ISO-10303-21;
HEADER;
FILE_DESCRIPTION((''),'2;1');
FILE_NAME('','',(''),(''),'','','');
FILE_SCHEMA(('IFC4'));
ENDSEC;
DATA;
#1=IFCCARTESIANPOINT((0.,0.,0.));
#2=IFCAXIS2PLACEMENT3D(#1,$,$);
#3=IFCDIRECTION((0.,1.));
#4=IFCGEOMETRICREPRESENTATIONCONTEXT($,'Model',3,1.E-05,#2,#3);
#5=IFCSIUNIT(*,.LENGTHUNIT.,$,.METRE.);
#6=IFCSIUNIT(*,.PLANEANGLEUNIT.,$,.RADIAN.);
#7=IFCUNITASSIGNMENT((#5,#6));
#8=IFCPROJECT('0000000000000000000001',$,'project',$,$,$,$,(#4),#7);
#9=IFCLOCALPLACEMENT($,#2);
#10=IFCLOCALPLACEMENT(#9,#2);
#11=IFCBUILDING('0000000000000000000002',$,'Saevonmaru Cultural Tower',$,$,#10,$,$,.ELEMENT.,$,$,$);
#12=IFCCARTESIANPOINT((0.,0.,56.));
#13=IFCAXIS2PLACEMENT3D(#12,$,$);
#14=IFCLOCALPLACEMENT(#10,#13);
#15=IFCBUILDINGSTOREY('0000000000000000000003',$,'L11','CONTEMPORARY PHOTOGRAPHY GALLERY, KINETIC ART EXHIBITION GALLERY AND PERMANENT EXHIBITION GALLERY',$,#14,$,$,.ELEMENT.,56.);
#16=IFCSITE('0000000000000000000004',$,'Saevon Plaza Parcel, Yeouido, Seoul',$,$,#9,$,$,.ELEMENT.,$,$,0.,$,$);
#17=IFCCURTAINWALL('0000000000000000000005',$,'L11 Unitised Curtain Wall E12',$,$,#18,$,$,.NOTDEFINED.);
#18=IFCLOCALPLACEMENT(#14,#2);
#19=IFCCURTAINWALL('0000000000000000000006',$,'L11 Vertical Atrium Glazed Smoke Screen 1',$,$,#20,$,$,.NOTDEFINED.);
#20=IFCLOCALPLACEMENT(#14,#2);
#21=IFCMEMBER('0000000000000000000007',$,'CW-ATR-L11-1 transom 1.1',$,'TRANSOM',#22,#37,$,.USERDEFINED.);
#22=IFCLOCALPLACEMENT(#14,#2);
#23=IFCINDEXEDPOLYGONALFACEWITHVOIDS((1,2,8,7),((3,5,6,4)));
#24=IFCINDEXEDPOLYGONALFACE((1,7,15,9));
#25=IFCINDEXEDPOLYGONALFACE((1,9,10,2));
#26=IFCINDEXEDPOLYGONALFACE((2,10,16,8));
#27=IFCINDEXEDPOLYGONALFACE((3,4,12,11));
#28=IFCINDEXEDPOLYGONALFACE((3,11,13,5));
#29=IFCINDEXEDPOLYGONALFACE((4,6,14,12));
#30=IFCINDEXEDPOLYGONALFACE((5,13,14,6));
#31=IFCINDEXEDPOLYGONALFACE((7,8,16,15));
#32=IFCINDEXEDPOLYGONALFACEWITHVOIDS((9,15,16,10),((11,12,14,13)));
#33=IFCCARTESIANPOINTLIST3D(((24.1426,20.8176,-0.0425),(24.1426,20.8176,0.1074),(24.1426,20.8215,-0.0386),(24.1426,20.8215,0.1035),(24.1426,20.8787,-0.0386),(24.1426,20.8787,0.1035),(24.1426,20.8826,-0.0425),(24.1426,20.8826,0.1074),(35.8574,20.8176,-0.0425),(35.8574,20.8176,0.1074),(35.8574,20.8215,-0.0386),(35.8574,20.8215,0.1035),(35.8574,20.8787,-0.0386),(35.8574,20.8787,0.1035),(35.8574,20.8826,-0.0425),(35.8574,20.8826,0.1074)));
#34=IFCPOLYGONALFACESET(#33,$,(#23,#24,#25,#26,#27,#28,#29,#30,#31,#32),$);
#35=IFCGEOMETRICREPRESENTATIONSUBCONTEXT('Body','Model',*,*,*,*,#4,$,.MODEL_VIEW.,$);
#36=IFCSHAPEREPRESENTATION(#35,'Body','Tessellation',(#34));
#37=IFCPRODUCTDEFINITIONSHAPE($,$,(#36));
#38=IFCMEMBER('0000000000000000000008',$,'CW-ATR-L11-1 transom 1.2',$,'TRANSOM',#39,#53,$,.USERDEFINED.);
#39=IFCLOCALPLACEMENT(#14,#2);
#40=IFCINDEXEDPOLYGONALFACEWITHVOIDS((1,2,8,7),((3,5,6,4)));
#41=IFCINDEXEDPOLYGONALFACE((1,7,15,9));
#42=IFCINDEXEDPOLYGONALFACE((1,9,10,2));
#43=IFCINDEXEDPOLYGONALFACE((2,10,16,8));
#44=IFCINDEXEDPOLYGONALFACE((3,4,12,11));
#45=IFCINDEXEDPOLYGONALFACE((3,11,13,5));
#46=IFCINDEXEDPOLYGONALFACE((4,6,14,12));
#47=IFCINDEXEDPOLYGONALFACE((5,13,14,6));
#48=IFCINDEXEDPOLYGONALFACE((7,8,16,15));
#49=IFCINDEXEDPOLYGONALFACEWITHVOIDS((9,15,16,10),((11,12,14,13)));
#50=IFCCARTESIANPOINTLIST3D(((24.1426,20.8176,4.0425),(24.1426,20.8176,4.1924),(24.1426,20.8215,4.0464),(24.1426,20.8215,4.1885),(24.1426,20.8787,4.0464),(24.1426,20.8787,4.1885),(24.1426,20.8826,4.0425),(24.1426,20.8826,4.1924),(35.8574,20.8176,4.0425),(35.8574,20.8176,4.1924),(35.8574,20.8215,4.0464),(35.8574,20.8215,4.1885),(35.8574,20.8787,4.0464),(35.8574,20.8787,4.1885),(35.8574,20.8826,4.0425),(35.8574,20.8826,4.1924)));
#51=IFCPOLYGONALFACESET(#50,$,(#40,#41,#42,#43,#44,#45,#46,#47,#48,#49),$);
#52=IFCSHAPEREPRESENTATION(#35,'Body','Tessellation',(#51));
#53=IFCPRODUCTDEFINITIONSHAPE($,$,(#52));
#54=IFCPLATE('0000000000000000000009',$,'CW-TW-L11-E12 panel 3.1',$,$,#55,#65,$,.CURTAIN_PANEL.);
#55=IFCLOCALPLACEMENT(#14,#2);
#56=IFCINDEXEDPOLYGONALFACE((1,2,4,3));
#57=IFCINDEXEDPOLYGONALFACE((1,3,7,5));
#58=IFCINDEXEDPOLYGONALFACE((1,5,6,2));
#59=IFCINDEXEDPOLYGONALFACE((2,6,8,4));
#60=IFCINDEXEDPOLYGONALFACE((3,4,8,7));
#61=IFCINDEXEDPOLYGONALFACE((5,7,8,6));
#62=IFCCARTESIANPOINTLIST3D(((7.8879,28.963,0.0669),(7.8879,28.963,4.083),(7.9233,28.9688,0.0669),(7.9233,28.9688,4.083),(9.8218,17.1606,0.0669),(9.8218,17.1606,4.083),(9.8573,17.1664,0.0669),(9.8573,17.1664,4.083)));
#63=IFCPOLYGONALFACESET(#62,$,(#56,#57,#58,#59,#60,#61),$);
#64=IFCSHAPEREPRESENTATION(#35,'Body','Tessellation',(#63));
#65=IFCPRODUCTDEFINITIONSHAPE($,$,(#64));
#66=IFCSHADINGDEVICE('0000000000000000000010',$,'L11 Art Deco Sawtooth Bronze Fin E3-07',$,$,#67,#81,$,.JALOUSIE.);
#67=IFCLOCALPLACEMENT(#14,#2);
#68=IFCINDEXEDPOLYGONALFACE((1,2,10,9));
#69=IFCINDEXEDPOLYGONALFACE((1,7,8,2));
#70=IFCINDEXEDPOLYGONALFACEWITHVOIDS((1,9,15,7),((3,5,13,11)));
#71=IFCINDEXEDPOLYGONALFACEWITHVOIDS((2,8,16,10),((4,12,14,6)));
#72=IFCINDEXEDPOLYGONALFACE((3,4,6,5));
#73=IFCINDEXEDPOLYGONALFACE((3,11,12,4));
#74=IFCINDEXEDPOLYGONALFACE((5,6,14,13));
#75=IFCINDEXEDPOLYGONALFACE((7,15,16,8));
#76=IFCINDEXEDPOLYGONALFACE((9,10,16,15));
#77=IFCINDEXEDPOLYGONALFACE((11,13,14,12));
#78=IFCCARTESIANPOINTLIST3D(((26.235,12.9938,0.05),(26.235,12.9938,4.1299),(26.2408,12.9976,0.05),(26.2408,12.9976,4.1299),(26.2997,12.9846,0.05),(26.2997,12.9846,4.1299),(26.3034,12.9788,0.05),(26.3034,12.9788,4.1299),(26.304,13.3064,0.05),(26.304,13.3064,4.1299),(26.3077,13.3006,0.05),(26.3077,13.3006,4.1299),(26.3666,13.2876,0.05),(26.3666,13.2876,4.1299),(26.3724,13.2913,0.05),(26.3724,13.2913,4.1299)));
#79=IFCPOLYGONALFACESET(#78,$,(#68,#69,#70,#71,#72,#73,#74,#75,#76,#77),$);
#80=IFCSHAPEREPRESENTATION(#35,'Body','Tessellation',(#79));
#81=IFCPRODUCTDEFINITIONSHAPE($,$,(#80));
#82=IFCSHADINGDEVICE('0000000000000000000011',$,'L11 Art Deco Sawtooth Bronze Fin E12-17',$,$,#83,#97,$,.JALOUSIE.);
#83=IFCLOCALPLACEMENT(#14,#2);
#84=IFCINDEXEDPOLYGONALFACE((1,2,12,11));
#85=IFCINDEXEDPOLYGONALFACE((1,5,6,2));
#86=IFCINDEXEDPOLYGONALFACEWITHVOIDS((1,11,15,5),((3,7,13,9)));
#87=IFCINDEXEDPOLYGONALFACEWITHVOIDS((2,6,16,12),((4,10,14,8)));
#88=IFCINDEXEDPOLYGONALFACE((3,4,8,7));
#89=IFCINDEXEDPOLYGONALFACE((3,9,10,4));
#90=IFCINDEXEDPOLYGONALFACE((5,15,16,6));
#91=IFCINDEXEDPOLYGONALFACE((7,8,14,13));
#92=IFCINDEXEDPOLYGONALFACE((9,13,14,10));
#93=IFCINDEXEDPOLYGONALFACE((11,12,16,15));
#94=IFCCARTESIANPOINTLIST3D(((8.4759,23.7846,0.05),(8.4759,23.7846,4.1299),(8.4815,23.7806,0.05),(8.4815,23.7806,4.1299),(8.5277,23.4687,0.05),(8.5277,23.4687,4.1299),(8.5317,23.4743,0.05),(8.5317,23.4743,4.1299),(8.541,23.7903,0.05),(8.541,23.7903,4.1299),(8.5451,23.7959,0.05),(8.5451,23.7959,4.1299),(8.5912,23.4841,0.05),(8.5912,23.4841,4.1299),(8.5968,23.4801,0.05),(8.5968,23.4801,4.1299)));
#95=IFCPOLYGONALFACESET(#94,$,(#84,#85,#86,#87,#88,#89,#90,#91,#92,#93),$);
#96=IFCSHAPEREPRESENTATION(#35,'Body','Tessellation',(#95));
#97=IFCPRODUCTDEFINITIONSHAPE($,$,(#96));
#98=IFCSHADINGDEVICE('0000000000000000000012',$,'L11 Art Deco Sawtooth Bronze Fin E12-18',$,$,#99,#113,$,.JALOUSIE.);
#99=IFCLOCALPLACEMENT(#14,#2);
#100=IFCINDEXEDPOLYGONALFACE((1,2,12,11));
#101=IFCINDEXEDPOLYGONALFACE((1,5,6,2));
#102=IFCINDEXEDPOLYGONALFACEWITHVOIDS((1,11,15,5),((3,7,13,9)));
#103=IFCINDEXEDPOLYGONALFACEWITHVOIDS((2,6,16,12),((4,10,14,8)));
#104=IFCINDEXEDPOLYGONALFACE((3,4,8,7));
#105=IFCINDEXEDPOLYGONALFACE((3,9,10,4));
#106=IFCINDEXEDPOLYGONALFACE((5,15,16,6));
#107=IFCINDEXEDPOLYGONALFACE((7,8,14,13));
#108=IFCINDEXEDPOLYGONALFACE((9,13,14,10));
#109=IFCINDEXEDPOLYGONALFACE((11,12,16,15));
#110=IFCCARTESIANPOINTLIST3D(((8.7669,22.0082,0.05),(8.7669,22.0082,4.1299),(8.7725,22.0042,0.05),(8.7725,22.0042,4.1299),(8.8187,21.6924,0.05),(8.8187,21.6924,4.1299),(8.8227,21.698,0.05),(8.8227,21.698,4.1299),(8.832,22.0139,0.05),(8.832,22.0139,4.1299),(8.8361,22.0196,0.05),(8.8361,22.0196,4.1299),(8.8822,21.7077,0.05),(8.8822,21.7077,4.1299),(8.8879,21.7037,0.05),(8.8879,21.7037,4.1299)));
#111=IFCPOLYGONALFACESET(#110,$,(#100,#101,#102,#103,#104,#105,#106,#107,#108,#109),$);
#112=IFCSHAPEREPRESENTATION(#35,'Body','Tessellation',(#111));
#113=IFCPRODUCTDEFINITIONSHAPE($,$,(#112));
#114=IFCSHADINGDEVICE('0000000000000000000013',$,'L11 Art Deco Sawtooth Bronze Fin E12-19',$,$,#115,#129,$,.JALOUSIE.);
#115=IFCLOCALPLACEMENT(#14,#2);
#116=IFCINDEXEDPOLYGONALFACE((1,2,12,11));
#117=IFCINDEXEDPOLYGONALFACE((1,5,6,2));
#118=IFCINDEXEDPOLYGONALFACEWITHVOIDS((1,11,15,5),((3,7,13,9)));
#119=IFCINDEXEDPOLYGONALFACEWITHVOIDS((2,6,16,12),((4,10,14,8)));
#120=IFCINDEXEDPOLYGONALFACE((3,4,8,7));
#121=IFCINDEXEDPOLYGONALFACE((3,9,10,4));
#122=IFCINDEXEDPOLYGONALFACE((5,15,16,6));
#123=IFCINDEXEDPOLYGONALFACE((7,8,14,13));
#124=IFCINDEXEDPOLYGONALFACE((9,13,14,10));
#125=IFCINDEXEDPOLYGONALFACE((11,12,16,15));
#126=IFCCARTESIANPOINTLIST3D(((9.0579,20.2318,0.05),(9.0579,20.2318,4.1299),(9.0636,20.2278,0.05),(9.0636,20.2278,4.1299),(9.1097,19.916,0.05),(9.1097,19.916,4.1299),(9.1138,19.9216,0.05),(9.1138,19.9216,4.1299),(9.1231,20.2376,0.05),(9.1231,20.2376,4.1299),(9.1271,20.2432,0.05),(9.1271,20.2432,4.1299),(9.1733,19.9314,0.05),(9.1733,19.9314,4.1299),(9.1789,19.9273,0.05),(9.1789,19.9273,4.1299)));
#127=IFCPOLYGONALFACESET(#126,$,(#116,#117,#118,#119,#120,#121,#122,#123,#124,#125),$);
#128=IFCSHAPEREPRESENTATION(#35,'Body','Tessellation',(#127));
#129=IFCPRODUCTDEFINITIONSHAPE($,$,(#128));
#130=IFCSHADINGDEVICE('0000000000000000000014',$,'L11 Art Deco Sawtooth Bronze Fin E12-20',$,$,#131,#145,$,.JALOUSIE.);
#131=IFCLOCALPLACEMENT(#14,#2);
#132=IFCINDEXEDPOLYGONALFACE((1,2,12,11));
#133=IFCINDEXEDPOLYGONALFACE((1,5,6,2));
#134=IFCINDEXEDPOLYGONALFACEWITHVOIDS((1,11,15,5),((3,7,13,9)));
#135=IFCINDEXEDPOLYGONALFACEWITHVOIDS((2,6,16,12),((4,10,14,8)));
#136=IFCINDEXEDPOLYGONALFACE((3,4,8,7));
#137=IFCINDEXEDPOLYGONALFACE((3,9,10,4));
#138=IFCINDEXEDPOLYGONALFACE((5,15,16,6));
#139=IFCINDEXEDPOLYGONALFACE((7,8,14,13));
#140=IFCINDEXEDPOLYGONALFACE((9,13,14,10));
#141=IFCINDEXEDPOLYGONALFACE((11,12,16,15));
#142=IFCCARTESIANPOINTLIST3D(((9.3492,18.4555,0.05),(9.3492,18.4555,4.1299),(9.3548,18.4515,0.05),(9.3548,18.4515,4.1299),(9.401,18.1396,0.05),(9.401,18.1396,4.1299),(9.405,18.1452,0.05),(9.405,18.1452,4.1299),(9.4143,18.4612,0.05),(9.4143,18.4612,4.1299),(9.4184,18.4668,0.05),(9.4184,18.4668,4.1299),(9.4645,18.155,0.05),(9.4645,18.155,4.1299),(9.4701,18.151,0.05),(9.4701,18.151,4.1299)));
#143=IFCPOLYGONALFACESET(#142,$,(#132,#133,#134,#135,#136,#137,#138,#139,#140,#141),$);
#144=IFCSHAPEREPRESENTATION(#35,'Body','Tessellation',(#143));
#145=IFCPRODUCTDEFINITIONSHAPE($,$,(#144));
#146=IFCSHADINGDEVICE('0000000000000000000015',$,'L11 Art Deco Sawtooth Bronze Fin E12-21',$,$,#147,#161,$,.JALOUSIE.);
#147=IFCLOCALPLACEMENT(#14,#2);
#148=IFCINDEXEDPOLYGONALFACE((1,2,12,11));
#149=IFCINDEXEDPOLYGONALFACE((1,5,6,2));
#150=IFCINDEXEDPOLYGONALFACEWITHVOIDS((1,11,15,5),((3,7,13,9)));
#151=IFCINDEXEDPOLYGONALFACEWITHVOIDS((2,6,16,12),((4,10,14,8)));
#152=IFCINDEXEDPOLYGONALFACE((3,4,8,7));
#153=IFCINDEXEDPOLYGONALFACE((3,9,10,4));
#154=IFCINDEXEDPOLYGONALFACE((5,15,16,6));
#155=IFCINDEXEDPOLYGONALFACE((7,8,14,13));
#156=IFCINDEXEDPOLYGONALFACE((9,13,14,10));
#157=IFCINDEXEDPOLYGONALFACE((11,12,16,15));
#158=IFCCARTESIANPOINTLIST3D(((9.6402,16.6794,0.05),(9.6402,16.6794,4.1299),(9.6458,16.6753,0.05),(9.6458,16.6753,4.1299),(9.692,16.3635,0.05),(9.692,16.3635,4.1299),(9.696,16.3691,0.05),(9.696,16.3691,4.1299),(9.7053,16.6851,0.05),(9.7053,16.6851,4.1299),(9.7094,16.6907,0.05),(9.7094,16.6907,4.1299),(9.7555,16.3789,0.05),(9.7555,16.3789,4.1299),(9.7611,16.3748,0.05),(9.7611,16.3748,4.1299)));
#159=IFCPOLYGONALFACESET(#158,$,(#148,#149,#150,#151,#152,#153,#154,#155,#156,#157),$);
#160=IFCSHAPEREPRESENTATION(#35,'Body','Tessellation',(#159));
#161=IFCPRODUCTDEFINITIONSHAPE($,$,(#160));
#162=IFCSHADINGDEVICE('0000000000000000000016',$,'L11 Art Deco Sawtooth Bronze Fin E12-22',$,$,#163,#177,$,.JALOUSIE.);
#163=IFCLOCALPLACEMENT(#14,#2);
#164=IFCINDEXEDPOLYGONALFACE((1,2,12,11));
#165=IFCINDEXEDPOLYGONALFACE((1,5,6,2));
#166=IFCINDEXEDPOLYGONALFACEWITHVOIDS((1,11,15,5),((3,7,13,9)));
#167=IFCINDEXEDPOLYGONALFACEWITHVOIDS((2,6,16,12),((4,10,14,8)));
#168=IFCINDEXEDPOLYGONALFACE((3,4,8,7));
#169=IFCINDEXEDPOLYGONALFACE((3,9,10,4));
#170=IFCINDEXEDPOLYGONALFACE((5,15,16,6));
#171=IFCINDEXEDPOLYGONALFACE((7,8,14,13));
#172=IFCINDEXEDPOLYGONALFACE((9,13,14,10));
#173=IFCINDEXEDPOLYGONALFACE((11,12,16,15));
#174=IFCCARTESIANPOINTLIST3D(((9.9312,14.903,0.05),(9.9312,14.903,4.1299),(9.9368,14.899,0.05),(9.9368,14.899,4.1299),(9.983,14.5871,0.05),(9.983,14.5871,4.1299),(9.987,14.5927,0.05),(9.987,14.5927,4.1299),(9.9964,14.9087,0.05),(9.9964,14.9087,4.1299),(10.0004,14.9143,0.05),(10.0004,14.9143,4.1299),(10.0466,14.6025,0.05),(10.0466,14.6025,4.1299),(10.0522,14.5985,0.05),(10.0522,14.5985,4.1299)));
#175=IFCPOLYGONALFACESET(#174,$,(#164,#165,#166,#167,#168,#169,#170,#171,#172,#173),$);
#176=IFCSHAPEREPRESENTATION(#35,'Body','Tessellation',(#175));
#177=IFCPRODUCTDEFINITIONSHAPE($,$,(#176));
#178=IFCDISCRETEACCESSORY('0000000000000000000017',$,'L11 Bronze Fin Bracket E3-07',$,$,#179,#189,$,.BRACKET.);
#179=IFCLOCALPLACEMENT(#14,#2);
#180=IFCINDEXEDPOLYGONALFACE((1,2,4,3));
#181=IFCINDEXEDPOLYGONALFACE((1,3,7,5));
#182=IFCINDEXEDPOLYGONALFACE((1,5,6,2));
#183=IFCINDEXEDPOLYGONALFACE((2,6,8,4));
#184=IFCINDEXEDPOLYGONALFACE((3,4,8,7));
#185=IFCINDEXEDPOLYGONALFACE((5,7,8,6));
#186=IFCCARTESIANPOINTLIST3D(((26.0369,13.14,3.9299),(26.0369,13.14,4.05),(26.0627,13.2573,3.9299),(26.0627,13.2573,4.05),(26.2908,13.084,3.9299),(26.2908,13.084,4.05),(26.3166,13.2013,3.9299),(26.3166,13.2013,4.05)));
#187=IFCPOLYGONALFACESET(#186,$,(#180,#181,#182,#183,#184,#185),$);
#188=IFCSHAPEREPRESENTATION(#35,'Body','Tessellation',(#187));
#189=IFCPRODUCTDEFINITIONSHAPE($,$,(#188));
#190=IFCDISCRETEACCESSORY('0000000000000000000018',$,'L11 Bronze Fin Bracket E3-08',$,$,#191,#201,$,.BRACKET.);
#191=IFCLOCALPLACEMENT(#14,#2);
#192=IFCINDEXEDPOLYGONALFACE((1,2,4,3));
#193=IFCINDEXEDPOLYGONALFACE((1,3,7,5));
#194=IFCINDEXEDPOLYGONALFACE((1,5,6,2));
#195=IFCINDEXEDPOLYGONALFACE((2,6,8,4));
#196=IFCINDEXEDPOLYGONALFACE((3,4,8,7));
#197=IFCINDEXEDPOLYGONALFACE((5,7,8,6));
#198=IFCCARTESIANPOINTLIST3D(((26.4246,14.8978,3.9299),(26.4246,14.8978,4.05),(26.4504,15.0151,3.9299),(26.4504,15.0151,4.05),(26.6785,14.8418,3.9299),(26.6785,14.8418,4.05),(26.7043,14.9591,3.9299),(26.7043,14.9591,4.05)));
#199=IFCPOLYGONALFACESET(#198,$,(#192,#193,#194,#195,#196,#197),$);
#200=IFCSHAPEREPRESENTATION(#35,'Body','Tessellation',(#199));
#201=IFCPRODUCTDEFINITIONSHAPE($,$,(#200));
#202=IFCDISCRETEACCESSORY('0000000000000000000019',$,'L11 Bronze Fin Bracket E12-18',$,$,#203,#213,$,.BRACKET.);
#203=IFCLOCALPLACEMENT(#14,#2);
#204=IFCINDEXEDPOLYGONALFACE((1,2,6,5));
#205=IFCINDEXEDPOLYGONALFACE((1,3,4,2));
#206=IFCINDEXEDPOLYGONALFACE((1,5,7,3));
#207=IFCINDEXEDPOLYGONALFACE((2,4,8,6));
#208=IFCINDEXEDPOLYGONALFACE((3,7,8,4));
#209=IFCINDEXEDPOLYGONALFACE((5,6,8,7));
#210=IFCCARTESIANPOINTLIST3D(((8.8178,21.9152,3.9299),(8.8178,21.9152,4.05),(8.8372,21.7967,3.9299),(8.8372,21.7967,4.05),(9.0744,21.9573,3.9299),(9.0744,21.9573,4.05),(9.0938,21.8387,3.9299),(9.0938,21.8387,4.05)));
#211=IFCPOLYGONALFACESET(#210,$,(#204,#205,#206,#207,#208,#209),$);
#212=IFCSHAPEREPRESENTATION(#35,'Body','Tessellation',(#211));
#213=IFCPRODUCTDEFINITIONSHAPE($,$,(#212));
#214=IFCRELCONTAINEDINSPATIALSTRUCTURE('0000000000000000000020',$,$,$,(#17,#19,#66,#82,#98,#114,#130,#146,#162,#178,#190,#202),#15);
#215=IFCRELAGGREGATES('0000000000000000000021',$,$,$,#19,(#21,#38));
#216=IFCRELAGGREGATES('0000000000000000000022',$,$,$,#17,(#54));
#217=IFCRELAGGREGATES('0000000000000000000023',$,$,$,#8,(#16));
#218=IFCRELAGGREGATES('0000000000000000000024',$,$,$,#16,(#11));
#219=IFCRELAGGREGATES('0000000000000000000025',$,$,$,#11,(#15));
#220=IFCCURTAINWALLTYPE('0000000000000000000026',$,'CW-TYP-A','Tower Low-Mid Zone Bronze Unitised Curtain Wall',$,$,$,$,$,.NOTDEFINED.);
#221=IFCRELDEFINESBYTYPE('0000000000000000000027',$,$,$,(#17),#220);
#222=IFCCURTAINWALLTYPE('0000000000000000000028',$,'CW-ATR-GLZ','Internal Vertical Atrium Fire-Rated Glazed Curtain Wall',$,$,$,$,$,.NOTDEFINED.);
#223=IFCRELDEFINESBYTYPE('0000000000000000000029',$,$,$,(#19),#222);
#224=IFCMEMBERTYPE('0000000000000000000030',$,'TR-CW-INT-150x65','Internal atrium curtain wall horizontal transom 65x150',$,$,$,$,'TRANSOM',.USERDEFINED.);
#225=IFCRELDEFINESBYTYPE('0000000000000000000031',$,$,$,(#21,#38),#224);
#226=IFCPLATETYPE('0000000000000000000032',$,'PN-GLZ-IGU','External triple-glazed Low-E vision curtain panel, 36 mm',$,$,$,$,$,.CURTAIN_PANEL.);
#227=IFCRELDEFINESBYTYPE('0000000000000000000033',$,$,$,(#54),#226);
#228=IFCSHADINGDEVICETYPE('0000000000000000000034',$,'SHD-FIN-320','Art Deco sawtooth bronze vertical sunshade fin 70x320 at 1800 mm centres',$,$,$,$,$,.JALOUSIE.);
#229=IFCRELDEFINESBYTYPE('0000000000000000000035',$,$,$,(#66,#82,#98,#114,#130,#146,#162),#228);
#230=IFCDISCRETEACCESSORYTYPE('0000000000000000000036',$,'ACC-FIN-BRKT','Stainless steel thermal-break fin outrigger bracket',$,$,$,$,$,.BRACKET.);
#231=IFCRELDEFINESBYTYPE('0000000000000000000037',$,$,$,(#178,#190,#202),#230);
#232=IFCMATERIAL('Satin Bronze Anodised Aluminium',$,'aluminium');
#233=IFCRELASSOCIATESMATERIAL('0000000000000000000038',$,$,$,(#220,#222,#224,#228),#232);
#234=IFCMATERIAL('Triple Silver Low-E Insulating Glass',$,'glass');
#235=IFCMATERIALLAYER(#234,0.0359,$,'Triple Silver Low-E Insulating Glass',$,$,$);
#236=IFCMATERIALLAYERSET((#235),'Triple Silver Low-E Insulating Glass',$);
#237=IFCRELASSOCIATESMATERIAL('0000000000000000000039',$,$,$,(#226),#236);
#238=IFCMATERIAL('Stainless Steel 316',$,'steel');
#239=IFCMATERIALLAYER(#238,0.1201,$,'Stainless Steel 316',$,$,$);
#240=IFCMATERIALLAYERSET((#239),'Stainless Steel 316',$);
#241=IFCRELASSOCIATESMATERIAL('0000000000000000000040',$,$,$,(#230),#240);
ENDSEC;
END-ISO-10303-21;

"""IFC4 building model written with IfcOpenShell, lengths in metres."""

from ifc_helpers import new_model, si_unit, direction, frame, origin, origin_2d, place, context, subcontext, project, spatial, rectangle, hollow_rectangle, extrude, material, layer, layer_set, material_profile, profile_set, type_object, element, aggregate, save


model = new_model("IFC4")

# Units and contexts
model_context = context("Model", 3, precision=1e-05, world=origin(), true_north=direction((0.0, 1.0)))
body_context = subcontext(model_context, "Body", "Model", "MODEL_VIEW")
ifc_project = project(units=[si_unit("LENGTHUNIT", "METRE"), si_unit("PLANEANGLEUNIT", "RADIAN")], contexts=[model_context])

# Site, building, storey
site_placement = place(None, origin())
site = spatial("IfcSite", under=ifc_project, at=site_placement, Name="Saevon Plaza Parcel, Yeouido, Seoul", CompositionType="ELEMENT", RefElevation=0.0)
building_placement = place(site_placement, origin())
building = spatial("IfcBuilding", under=site, at=building_placement, Name="Saevonmaru Cultural Tower", CompositionType="ELEMENT")
storey_placement = place(building_placement, frame((0.0, 0.0, 56.0)))
storey = spatial("IfcBuildingStorey", under=building, at=storey_placement, Name="L11", Description="CONTEMPORARY PHOTOGRAPHY GALLERY, KINETIC ART EXHIBITION GALLERY AND PERMANENT EXHIBITION GALLERY", CompositionType="ELEMENT", Elevation=56.0)

# Curtain walls
ifc_material_1 = material(Name="Satin Bronze Anodised Aluminium", Category="aluminium")
curtain_wall_type_1 = type_object("IfcCurtainWallType", Name="CW-TYP-A", Description="Tower Low-Mid Zone Bronze Unitised Curtain Wall", PredefinedType="NOTDEFINED", material=ifc_material_1)
curtain_wall_1_placement = place(storey_placement, origin())
curtain_wall_1 = element("IfcCurtainWall", 1, at=curtain_wall_1_placement, inside=storey, type_object=curtain_wall_type_1, Name="L11 Unitised Curtain Wall E12", PredefinedType="NOTDEFINED")
curtain_wall_type_2 = type_object("IfcCurtainWallType", Name="CW-ATR-GLZ", Description="Internal Vertical Atrium Fire-Rated Glazed Curtain Wall", PredefinedType="NOTDEFINED", material=ifc_material_1)
curtain_wall_2_placement = place(storey_placement, origin())
curtain_wall_2 = element("IfcCurtainWall", 2, at=curtain_wall_2_placement, inside=storey, type_object=curtain_wall_type_2, Name="L11 Vertical Atrium Glazed Smoke Screen 1", PredefinedType="NOTDEFINED")

# Members
ifc_material_profile_1 = material_profile(ifc_material_1, hollow_rectangle(XDim=0.0649, YDim=0.1499, WallThickness=0.0039, at=origin_2d()), Name="ALU-TRAN-150x65x4")
ifc_profile_set_1 = profile_set([ifc_material_profile_1], Name="Satin Bronze Anodised Aluminium")
member_type_1 = type_object("IfcMemberType", Name="TR-CW-INT-150x65", Description="Internal atrium curtain wall horizontal transom 65x150", ElementType="TRANSOM", PredefinedType="USERDEFINED", material=ifc_profile_set_1)
member_1_placement = place(storey_placement, frame((24.1426, 20.8501, 0.0325), z_axis=(1.0, 0.0, 0.0), x_axis=(0.0, 1.0, 0.0)))
member_1 = element("IfcMember", 3, at=member_1_placement, type_object=member_type_1, Name="CW-ATR-L11-1 transom 1.1", ObjectType="TRANSOM", PredefinedType="USERDEFINED", context=body_context, shape_type="SweptSolid", body=[
    extrude(hollow_rectangle(XDim=0.0649, YDim=0.1499, WallThickness=0.0039, at=origin_2d()), origin(), (0.0, 0.0, 1.0), 11.7148),
])
member_2_placement = place(storey_placement, frame((24.1426, 20.8501, 4.1174), z_axis=(1.0, 0.0, 0.0), x_axis=(0.0, 1.0, 0.0)))
member_2 = element("IfcMember", 4, at=member_2_placement, type_object=member_type_1, Name="CW-ATR-L11-1 transom 1.2", ObjectType="TRANSOM", PredefinedType="USERDEFINED", context=body_context, shape_type="SweptSolid", body=[
    extrude(hollow_rectangle(XDim=0.0649, YDim=0.1499, WallThickness=0.0039, at=origin_2d()), origin(), (0.0, 0.0, 1.0), 11.7148),
])
aggregate(curtain_wall_2, [member_1, member_2])

# Plate
ifc_material_2 = material(Name="Triple Silver Low-E Insulating Glass", Category="glass")
ifc_layer_1 = layer(ifc_material_2, 0.0359, Name="Triple Silver Low-E Insulating Glass")
ifc_layer_set_1 = layer_set([ifc_layer_1], Name="Triple Silver Low-E Insulating Glass")
plate_type = type_object("IfcPlateType", Name="PN-GLZ-IGU", Description="External triple-glazed Low-E vision curtain panel, 36 mm", PredefinedType="CURTAIN_PANEL", material=ifc_layer_set_1)
plate_placement = place(storey_placement, frame((8.8726, 23.0647, 0.0669), z_axis=(0.0, 0.0, 1.0), x_axis=(0.161709, -0.986839, 0.0)))
plate = element("IfcPlate", 5, at=plate_placement, type_object=plate_type, Name="CW-TW-L11-E12 panel 3.1", PredefinedType="CURTAIN_PANEL", context=body_context, shape_type="SweptSolid", body=[
    extrude(rectangle(XDim=11.9597, YDim=0.0359, at=origin_2d()), origin(), (0.0, 0.0, 1.0), 4.0161),
])
aggregate(curtain_wall_1, [plate])

# Shading devices
ifc_material_profile_2 = material_profile(ifc_material_1, hollow_rectangle(XDim=0.0701, YDim=0.3201, WallThickness=0.0049, at=origin_2d()), Name="FIN-320x70")
ifc_profile_set_2 = profile_set([ifc_material_profile_2], Name="Satin Bronze Anodised Aluminium")
shading_device_type = type_object("IfcShadingDeviceType", Name="SHD-FIN-320", Description="Art Deco sawtooth bronze vertical sunshade fin 70x320 at 1800 mm centres", PredefinedType="JALOUSIE", material=ifc_profile_set_2)
for number, where, z_axis, x_axis, name in (
    (6, (26.3037, 13.1426, 0.05), (0.0, 0.0, 1.0), (0.976522, -0.215417, 0.0), "L11 Art Deco Sawtooth Bronze Fin E3-07"),
    (7, (8.5364, 23.6323, 0.05), (0.0, 0.0, 1.0), (-0.986827, -0.161776, 0.0), "L11 Art Deco Sawtooth Bronze Fin E12-17"),
    (8, (8.8274, 21.856, 0.05), (0.0, 0.0, 1.0), (-0.986827, -0.161776, 0.0), "L11 Art Deco Sawtooth Bronze Fin E12-18"),
    (9, (9.1184, 20.0796, 0.05), (0.0, 0.0, 1.0), (-0.986827, -0.161776, 0.0), "L11 Art Deco Sawtooth Bronze Fin E12-19"),
    (10, (9.4097, 18.3032, 0.05), (0.0, 0.0, 1.0), (-0.986827, -0.161776, 0.0), "L11 Art Deco Sawtooth Bronze Fin E12-20"),
    (11, (9.7007, 16.5271, 0.05), (0.0, 0.0, 1.0), (-0.986827, -0.161776, 0.0), "L11 Art Deco Sawtooth Bronze Fin E12-21"),
    (12, (9.9917, 14.7507, 0.05), (0.0, 0.0, 1.0), (-0.986827, -0.161776, 0.0), "L11 Art Deco Sawtooth Bronze Fin E12-22"),
):
    element("IfcShadingDevice", number, at=place(storey_placement, frame(where, z_axis=z_axis, x_axis=x_axis)), inside=storey, type_object=shading_device_type, Name=name, PredefinedType="JALOUSIE", context=body_context, shape_type="SweptSolid", body=[
        extrude(hollow_rectangle(XDim=0.0701, YDim=0.3201, WallThickness=0.0049, at=origin_2d()), origin(), (0.0, 0.0, 1.0), 4.0798),
    ])

# Discrete accessories
ifc_material_3 = material(Name="Stainless Steel 316", Category="steel")
ifc_layer_2 = layer(ifc_material_3, 0.1201, Name="Stainless Steel 316")
ifc_layer_set_2 = layer_set([ifc_layer_2], Name="Stainless Steel 316")
discrete_accessory_type = type_object("IfcDiscreteAccessoryType", Name="ACC-FIN-BRKT", Description="Stainless steel thermal-break fin outrigger bracket", PredefinedType="BRACKET", material=ifc_layer_set_2)
for number, where, z_axis, x_axis, name in (
    (13, (26.1768, 13.1707, 3.9299), (0.0, 0.0, 1.0), (0.976522, -0.215417, 0.0), "L11 Bronze Fin Bracket E3-07"),
    (14, (26.5645, 14.9285, 3.9299), (0.0, 0.0, 1.0), (0.976522, -0.215417, 0.0), "L11 Bronze Fin Bracket E3-08"),
    (15, (8.9558, 21.877, 3.9299), (0.0, 0.0, 1.0), (-0.986827, -0.161776, 0.0), "L11 Bronze Fin Bracket E12-18"),
):
    element("IfcDiscreteAccessory", number, at=place(storey_placement, frame(where, z_axis=z_axis, x_axis=x_axis)), inside=storey, type_object=discrete_accessory_type, Name=name, PredefinedType="BRACKET", context=body_context, shape_type="SweptSolid", body=[
        extrude(rectangle(XDim=0.26, YDim=0.1201, at=origin_2d()), origin(), (0.0, 0.0, 1.0), 0.1201),
    ])

save(model, "model.ifc")
